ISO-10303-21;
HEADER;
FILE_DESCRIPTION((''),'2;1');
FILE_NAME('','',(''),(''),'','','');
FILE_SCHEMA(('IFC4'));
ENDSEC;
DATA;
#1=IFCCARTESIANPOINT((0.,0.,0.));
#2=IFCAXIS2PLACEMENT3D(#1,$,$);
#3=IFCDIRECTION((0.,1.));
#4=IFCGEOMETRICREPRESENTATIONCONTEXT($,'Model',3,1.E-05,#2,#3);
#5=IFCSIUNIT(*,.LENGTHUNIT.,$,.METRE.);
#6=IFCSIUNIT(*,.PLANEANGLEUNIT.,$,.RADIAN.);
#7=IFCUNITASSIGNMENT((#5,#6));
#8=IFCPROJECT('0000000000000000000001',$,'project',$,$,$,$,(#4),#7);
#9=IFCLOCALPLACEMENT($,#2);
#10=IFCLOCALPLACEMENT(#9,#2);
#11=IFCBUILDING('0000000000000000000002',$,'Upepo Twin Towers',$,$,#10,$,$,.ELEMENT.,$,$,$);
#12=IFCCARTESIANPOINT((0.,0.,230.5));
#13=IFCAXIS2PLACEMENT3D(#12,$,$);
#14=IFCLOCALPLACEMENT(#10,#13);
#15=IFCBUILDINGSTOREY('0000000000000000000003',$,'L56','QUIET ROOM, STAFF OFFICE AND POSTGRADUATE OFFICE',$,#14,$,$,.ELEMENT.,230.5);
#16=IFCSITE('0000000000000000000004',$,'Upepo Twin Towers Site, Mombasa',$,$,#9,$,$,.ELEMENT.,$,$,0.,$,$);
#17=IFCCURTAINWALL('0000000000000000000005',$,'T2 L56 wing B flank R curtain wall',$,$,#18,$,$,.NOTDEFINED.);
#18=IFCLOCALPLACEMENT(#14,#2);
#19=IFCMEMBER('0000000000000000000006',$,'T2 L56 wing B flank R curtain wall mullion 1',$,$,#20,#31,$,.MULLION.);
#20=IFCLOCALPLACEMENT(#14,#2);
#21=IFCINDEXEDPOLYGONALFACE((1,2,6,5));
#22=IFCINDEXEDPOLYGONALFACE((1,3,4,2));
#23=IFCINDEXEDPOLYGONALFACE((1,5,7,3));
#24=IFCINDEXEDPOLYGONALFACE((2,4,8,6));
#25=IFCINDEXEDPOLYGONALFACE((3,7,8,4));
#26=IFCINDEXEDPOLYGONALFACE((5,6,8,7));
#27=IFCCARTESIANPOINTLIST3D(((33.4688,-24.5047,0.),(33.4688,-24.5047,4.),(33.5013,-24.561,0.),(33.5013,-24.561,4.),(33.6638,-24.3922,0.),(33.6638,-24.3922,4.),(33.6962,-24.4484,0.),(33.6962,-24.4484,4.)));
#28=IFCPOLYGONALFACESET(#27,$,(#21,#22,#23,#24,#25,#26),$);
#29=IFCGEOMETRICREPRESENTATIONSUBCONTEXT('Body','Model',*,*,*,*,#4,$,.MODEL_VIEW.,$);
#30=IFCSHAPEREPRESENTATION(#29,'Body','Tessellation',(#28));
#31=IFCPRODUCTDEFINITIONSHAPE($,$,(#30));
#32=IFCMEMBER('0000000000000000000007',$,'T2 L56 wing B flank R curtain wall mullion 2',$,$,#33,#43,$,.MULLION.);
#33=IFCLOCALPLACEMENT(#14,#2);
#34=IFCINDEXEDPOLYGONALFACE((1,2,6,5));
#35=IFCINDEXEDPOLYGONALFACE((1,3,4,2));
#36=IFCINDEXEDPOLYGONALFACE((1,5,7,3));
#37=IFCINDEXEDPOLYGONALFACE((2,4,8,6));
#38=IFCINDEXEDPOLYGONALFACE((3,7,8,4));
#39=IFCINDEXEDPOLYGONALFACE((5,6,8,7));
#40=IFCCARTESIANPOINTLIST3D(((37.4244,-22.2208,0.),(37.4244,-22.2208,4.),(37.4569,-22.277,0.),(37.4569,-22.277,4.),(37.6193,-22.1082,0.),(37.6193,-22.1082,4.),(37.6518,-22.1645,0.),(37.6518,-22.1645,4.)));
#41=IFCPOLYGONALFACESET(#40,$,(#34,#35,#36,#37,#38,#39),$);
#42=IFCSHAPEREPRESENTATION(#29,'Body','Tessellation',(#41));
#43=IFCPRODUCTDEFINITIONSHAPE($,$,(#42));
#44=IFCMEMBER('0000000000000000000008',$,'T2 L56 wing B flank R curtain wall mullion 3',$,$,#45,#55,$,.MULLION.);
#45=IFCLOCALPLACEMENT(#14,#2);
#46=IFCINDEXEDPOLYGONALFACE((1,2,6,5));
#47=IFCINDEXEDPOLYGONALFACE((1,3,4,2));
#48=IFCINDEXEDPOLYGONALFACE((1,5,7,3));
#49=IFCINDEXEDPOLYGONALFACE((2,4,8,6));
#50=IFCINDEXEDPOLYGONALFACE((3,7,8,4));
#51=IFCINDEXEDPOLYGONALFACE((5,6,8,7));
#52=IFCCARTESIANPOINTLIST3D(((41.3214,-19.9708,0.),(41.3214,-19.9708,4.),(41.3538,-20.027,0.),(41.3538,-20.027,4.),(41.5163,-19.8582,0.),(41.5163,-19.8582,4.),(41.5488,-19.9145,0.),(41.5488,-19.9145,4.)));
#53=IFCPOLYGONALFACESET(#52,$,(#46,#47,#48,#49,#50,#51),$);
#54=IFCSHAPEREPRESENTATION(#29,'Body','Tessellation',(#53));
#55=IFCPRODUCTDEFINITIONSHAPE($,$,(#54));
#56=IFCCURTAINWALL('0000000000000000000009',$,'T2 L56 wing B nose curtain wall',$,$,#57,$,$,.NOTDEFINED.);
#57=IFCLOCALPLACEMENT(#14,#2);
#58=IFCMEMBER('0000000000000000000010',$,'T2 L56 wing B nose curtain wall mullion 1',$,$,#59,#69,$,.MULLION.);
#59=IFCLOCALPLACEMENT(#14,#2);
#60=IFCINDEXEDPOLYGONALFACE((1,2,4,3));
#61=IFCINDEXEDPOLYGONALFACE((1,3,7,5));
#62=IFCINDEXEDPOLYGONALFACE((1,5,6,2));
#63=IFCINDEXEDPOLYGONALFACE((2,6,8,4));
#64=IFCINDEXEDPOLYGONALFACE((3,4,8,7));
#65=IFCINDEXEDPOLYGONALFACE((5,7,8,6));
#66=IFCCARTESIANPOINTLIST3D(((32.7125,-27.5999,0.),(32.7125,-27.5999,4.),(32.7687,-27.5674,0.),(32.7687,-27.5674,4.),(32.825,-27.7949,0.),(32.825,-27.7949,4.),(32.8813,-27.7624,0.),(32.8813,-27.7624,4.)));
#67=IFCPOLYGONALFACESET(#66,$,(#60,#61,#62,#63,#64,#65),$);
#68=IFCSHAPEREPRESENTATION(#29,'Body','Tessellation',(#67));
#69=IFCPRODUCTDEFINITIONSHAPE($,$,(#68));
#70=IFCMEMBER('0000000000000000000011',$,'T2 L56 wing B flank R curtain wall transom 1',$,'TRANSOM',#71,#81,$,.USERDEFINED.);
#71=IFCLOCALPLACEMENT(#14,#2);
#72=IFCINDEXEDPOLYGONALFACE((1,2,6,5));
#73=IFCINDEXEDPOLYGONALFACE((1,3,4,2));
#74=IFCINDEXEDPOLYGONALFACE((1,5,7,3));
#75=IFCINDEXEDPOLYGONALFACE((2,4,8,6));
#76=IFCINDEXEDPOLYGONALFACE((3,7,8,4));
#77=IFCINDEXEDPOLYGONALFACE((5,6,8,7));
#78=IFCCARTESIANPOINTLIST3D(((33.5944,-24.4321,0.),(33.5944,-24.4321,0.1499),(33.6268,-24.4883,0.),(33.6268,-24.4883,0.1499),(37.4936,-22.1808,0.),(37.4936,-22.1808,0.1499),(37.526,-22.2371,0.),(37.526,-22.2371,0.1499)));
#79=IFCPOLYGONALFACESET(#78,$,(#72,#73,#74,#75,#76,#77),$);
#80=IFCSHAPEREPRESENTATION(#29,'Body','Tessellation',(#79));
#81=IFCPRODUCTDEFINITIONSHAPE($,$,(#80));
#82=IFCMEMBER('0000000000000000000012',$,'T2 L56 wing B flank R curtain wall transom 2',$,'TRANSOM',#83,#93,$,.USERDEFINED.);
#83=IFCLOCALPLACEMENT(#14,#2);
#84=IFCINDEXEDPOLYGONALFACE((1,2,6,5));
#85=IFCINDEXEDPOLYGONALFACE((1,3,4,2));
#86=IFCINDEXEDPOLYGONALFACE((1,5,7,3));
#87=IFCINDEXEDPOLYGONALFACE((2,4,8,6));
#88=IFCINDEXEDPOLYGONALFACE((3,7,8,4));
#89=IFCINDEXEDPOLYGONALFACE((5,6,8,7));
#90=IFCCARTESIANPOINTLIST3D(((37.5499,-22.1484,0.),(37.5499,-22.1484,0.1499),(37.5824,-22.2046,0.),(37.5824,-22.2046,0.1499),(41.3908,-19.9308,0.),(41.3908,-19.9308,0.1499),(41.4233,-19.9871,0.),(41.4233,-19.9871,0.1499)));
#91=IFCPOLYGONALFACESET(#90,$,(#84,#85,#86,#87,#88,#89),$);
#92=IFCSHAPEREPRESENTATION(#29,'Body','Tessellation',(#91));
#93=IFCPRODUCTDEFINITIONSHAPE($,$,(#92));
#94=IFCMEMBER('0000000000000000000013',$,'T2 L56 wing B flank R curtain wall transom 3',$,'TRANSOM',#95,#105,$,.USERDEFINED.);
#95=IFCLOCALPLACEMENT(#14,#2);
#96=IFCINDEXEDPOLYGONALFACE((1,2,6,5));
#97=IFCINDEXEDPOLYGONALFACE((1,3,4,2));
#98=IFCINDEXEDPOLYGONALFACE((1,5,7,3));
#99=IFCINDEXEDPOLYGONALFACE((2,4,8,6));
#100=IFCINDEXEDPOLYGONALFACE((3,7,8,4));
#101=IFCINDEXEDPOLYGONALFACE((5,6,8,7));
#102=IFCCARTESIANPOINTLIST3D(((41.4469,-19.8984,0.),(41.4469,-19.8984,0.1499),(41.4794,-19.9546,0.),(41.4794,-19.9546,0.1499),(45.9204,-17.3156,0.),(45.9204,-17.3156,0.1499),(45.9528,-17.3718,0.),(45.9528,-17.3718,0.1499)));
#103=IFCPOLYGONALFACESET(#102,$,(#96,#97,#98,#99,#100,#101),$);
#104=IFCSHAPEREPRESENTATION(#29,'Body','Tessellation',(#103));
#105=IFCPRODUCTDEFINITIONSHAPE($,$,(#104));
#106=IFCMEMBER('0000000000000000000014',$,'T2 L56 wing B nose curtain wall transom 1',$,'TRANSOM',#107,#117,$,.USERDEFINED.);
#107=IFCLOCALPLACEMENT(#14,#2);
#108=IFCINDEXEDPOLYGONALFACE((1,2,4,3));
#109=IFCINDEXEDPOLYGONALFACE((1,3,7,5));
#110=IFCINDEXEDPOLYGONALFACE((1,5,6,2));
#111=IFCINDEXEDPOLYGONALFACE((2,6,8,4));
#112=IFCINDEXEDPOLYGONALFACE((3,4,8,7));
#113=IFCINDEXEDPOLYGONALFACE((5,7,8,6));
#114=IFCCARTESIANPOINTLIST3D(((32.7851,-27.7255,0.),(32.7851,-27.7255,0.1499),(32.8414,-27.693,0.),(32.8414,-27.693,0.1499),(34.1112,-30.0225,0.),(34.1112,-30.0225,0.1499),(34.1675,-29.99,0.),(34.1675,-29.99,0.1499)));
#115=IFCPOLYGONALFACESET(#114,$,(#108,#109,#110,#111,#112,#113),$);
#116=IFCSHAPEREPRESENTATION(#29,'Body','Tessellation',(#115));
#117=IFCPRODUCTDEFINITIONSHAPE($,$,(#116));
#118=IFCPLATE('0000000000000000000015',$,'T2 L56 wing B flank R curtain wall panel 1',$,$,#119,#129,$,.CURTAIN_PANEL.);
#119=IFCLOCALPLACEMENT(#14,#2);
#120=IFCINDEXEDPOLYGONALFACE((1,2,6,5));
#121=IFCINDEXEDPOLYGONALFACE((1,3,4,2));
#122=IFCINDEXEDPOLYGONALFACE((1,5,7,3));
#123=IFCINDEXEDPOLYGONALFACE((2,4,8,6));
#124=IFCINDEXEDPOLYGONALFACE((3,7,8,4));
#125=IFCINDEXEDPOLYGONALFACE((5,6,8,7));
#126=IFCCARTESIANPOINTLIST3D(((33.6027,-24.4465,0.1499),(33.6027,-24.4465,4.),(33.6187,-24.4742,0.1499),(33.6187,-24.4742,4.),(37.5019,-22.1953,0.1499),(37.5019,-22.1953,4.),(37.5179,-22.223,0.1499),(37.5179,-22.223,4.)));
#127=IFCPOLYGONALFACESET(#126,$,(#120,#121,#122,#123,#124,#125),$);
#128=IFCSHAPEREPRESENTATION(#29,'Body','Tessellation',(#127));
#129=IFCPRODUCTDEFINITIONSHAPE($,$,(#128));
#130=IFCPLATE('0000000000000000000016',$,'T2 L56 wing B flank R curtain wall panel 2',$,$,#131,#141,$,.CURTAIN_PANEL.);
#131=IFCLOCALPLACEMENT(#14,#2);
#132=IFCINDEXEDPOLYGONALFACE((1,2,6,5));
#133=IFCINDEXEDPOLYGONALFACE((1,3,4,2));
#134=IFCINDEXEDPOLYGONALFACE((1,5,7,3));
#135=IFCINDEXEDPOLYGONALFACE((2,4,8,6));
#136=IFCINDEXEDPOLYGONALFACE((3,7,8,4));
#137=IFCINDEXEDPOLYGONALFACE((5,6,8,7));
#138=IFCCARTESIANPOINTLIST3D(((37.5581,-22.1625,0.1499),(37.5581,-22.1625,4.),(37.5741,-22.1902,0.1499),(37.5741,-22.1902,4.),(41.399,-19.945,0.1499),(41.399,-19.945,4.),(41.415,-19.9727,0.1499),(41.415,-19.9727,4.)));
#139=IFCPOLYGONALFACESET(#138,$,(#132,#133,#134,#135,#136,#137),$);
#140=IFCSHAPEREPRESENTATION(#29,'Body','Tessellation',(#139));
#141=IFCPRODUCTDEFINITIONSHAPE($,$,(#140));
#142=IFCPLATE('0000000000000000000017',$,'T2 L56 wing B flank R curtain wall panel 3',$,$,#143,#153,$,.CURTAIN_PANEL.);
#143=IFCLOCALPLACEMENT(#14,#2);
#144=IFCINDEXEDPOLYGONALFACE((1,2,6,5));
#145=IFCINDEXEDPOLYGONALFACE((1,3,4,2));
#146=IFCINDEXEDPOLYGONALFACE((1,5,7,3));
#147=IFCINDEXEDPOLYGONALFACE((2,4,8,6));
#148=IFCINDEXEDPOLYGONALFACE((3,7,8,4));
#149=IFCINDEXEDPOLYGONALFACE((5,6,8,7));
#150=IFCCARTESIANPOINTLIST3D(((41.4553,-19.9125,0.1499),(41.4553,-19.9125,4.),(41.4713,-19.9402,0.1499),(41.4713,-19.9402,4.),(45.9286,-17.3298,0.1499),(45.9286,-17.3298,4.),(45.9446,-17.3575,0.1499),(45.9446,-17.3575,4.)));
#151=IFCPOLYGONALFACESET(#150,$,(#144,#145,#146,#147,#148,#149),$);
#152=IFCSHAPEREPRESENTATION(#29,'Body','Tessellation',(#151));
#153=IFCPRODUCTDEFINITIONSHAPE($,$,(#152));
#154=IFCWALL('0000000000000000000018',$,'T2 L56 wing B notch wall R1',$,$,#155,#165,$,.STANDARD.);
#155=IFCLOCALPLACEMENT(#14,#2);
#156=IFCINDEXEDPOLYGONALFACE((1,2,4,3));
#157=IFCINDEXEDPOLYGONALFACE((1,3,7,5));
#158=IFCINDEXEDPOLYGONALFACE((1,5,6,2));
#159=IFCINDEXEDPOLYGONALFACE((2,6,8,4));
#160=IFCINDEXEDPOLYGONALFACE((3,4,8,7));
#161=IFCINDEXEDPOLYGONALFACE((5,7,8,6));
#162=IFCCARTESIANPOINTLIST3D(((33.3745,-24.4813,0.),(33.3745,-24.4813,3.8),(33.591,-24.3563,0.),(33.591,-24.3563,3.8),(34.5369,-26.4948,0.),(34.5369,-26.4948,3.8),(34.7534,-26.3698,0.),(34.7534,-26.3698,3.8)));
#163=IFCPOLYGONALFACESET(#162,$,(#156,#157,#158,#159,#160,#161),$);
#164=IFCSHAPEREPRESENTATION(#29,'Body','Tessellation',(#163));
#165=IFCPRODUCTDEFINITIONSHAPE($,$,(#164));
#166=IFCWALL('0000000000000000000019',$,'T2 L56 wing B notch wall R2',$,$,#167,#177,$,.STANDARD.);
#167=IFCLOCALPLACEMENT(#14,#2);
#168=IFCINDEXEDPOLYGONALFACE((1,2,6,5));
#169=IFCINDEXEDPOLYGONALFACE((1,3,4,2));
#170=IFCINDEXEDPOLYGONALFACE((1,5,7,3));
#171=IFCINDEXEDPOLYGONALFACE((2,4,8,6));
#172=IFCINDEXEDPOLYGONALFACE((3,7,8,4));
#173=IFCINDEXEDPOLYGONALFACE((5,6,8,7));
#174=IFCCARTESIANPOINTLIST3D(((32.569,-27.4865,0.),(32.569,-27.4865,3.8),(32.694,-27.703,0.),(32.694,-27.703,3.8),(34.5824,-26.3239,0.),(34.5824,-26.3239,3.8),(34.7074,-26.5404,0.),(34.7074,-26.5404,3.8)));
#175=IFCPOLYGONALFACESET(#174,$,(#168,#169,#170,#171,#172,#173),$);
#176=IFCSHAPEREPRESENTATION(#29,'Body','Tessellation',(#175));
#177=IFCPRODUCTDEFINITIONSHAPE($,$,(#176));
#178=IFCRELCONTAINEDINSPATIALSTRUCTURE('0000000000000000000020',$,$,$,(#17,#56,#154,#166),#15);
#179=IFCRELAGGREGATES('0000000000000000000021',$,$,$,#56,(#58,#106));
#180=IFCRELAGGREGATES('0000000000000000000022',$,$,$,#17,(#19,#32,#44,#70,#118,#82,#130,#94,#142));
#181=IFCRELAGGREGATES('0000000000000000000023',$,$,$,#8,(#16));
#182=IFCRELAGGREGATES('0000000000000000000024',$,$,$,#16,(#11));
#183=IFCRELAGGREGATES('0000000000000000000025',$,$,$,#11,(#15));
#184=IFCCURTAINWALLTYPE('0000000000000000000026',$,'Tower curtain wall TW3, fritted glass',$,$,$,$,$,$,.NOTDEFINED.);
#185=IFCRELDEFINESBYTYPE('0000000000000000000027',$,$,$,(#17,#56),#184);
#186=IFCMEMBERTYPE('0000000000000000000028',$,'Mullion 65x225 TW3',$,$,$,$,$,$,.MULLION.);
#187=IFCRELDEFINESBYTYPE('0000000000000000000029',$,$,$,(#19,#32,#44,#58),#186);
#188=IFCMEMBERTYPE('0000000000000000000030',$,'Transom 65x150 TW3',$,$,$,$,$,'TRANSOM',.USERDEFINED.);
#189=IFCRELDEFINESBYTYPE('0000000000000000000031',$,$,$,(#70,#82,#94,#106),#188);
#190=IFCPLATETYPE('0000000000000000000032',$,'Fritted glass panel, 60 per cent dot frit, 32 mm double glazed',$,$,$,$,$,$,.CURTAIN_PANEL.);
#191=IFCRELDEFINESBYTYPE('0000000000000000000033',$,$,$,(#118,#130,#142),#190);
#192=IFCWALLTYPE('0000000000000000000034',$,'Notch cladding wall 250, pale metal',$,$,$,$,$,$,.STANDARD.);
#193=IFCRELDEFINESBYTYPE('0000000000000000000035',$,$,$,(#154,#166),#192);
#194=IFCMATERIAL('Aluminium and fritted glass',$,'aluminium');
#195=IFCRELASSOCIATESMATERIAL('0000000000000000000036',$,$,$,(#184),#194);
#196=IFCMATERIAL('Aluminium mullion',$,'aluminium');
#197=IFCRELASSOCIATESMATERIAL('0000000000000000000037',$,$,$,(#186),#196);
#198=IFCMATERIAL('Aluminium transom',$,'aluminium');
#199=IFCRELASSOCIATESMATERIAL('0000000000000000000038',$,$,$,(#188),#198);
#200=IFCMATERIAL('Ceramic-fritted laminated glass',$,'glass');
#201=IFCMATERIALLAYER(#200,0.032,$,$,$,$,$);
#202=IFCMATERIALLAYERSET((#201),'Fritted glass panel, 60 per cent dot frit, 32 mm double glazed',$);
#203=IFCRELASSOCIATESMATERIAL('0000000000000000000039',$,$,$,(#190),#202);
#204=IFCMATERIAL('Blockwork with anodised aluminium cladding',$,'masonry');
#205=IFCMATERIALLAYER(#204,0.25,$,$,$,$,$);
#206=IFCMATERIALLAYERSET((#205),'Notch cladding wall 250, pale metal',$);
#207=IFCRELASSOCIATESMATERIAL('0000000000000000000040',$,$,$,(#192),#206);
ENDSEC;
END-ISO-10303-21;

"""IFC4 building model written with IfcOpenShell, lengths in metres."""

from ifc_helpers import new_model, si_unit, direction, frame, frame_2d, origin, origin_2d, place, context, subcontext, project, spatial, rectangle, extrude, material, layer, layer_set, material_profile, profile_set, type_object, element, aggregate, save


model = new_model("IFC4")

# Units and contexts
model_context = context("Model", 3, precision=1e-05, world=origin(), true_north=direction((0.0, 1.0)))
body_context = subcontext(model_context, "Body", "Model", "MODEL_VIEW")
ifc_project = project(units=[si_unit("LENGTHUNIT", "METRE"), si_unit("PLANEANGLEUNIT", "RADIAN")], contexts=[model_context])

# Site, building, storey
site_placement = place(None, origin())
site = spatial("IfcSite", under=ifc_project, at=site_placement, Name="Upepo Twin Towers Site, Mombasa", CompositionType="ELEMENT", RefElevation=0.0)
building_placement = place(site_placement, origin())
building = spatial("IfcBuilding", under=site, at=building_placement, Name="Upepo Twin Towers", CompositionType="ELEMENT")
storey_placement = place(building_placement, frame((0.0, 0.0, 230.5)))
storey = spatial("IfcBuildingStorey", under=building, at=storey_placement, Name="L56", Description="QUIET ROOM, STAFF OFFICE AND POSTGRADUATE OFFICE", CompositionType="ELEMENT", Elevation=230.5)

# Curtain wall, members
ifc_material_1 = material(Name="Aluminium and fritted glass", Category="aluminium")
curtain_wall_type = type_object("IfcCurtainWallType", Name="Tower curtain wall TW3, fritted glass", PredefinedType="NOTDEFINED", material=ifc_material_1)
curtain_wall_1_placement = place(storey_placement, origin())
curtain_wall_1 = element("IfcCurtainWall", 1, at=curtain_wall_1_placement, inside=storey, type_object=curtain_wall_type, Name="T2 L56 wing B flank R curtain wall", PredefinedType="NOTDEFINED")
ifc_material_2 = material(Name="Aluminium mullion", Category="aluminium")
ifc_material_profile_1 = material_profile(ifc_material_2, rectangle(XDim=0.0649, YDim=0.2251, at=origin_2d()), Name="MULLION 65x225")
ifc_profile_set_1 = profile_set([ifc_material_profile_1], Name="Aluminium mullion")
member_type_1 = type_object("IfcMemberType", Name="Mullion 65x225 TW3", PredefinedType="MULLION", material=ifc_profile_set_1)
member_1_placement = place(storey_placement, frame((33.5825, -24.4766, 0.0), z_axis=(0.0, 0.0, 1.0), x_axis=(-0.5, 0.866025, 0.0)))
member_1 = element("IfcMember", 2, at=member_1_placement, type_object=member_type_1, Name="T2 L56 wing B flank R curtain wall mullion 1", PredefinedType="MULLION", context=body_context, shape_type="SweptSolid", body=[
    extrude(rectangle(XDim=0.0649, YDim=0.2251, at=origin_2d()), origin(), (0.0, 0.0, 1.0), 4.0),
])
member_2_placement = place(storey_placement, frame((37.5381, -22.1926, 0.0), z_axis=(0.0, 0.0, 1.0), x_axis=(-0.5, 0.866025, 0.0)))
member_2 = element("IfcMember", 3, at=member_2_placement, type_object=member_type_1, Name="T2 L56 wing B flank R curtain wall mullion 2", PredefinedType="MULLION", context=body_context, shape_type="SweptSolid", body=[
    extrude(rectangle(XDim=0.0649, YDim=0.2251, at=origin_2d()), origin(), (0.0, 0.0, 1.0), 4.0),
])
member_3_placement = place(storey_placement, frame((41.4351, -19.9426, 0.0), z_axis=(0.0, 0.0, 1.0), x_axis=(-0.5, 0.866025, 0.0)))
member_3 = element("IfcMember", 4, at=member_3_placement, type_object=member_type_1, Name="T2 L56 wing B flank R curtain wall mullion 3", PredefinedType="MULLION", context=body_context, shape_type="SweptSolid", body=[
    extrude(rectangle(XDim=0.0649, YDim=0.2251, at=origin_2d()), origin(), (0.0, 0.0, 1.0), 4.0),
])

# Curtain wall, member
curtain_wall_2_placement = place(storey_placement, origin())
curtain_wall_2 = element("IfcCurtainWall", 5, at=curtain_wall_2_placement, inside=storey, type_object=curtain_wall_type, Name="T2 L56 wing B nose curtain wall", PredefinedType="NOTDEFINED")
member_4_placement = place(storey_placement, frame((32.7969, -27.6812, 0.0), z_axis=(0.0, 0.0, 1.0), x_axis=(0.866025, 0.5, 0.0)))
member_4 = element("IfcMember", 6, at=member_4_placement, type_object=member_type_1, Name="T2 L56 wing B nose curtain wall mullion 1", PredefinedType="MULLION", context=body_context, shape_type="SweptSolid", body=[
    extrude(rectangle(XDim=0.0649, YDim=0.2251, at=origin_2d()), origin(), (0.0, 0.0, 1.0), 4.0),
])

# Members
ifc_material_3 = material(Name="Aluminium transom", Category="aluminium")
ifc_material_profile_2 = material_profile(ifc_material_3, rectangle(XDim=0.0649, YDim=0.1499, at=origin_2d()), Name="TRANSOM 65x150")
ifc_profile_set_2 = profile_set([ifc_material_profile_2], Name="Aluminium transom")
member_type_2 = type_object("IfcMemberType", Name="Transom 65x150 TW3", ElementType="TRANSOM", PredefinedType="USERDEFINED", material=ifc_profile_set_2)
member_5_placement = place(storey_placement, frame((33.6106, -24.4602, 0.075), z_axis=(0.866022, 0.500006, 0.0), x_axis=(-0.500006, 0.866022, 0.0)))
member_5 = element("IfcMember", 7, at=member_5_placement, type_object=member_type_2, Name="T2 L56 wing B flank R curtain wall transom 1", ObjectType="TRANSOM", PredefinedType="USERDEFINED", context=body_context, shape_type="SweptSolid", body=[
    extrude(rectangle(XDim=0.0649, YDim=0.1499, at=origin_2d()), origin(), (0.0, 0.0, 1.0), 4.5024),
])
member_6_placement = place(storey_placement, frame((37.5662, -22.1765, 0.075), z_axis=(0.866022, 0.500005, 0.0), x_axis=(-0.500005, 0.866022, 0.0)))
member_6 = element("IfcMember", 8, at=member_6_placement, type_object=member_type_2, Name="T2 L56 wing B flank R curtain wall transom 2", ObjectType="TRANSOM", PredefinedType="USERDEFINED", context=body_context, shape_type="SweptSolid", body=[
    extrude(rectangle(XDim=0.0649, YDim=0.1499, at=origin_2d()), origin(), (0.0, 0.0, 1.0), 4.4351),
])
member_7_placement = place(storey_placement, frame((41.4631, -19.9265, 0.075), z_axis=(0.866021, 0.500007, 0.0), x_axis=(-0.500007, 0.866021, 0.0)))
member_7 = element("IfcMember", 9, at=member_7_placement, type_object=member_type_2, Name="T2 L56 wing B flank R curtain wall transom 3", ObjectType="TRANSOM", PredefinedType="USERDEFINED", context=body_context, shape_type="SweptSolid", body=[
    extrude(rectangle(XDim=0.0649, YDim=0.1499, at=origin_2d()), origin(), (0.0, 0.0, 1.0), 5.1655),
])
member_8_placement = place(storey_placement, frame((32.8132, -27.7092, 0.075), z_axis=(0.49998, -0.866037, 0.0), x_axis=(0.866037, 0.49998, 0.0)))
member_8 = element("IfcMember", 10, at=member_8_placement, type_object=member_type_2, Name="T2 L56 wing B nose curtain wall transom 1", ObjectType="TRANSOM", PredefinedType="USERDEFINED", context=body_context, shape_type="SweptSolid", body=[
    extrude(rectangle(XDim=0.0649, YDim=0.1499, at=origin_2d()), origin(), (0.0, 0.0, 1.0), 2.6523),
])
aggregate(curtain_wall_2, [member_4, member_8])

# Plates
ifc_material_4 = material(Name="Ceramic-fritted laminated glass", Category="glass")
ifc_layer_1 = layer(ifc_material_4, 0.032)
ifc_layer_set_1 = layer_set([ifc_layer_1], Name="Fritted glass panel, 60 per cent dot frit, 32 mm double glazed")
plate_type = type_object("IfcPlateType", Name="Fritted glass panel, 60 per cent dot frit, 32 mm double glazed", PredefinedType="CURTAIN_PANEL", material=ifc_layer_set_1)
plate_1_placement = place(storey_placement, frame((35.5603, -23.3347, 0.1499), z_axis=(0.0, 0.0, 1.0), x_axis=(0.866025, 0.5, 0.0)))
plate_1 = element("IfcPlate", 11, at=plate_1_placement, type_object=plate_type, Name="T2 L56 wing B flank R curtain wall panel 1", PredefinedType="CURTAIN_PANEL", context=body_context, shape_type="SweptSolid", body=[
    extrude(rectangle(XDim=4.5024, YDim=0.032, at=origin_2d()), origin(), (0.0, 0.0, 1.0), 3.8501),
])
plate_2_placement = place(storey_placement, frame((39.4866, -21.0676, 0.1499), z_axis=(0.0, 0.0, 1.0), x_axis=(0.866025, 0.5, 0.0)))
plate_2 = element("IfcPlate", 12, at=plate_2_placement, type_object=plate_type, Name="T2 L56 wing B flank R curtain wall panel 2", PredefinedType="CURTAIN_PANEL", context=body_context, shape_type="SweptSolid", body=[
    extrude(rectangle(XDim=4.4351, YDim=0.032, at=origin_2d()), origin(), (0.0, 0.0, 1.0), 3.8501),
])
plate_3_placement = place(storey_placement, frame((43.7, -18.635, 0.1499), z_axis=(0.0, 0.0, 1.0), x_axis=(0.866025, 0.5, 0.0)))
plate_3 = element("IfcPlate", 13, at=plate_3_placement, type_object=plate_type, Name="T2 L56 wing B flank R curtain wall panel 3", PredefinedType="CURTAIN_PANEL", context=body_context, shape_type="SweptSolid", body=[
    extrude(rectangle(XDim=5.1653, YDim=0.032, at=origin_2d()), origin(), (0.0, 0.0, 1.0), 3.8501),
])
aggregate(curtain_wall_1, [member_1, member_2, member_3, member_5, plate_1, member_6, plate_2, member_7, plate_3])

# Walls
ifc_material_5 = material(Name="Blockwork with anodised aluminium cladding", Category="masonry")
ifc_layer_2 = layer(ifc_material_5, 0.25)
ifc_layer_set_2 = layer_set([ifc_layer_2], Name="Notch cladding wall 250, pale metal")
wall_type_1 = type_object("IfcWallType", Name="Notch cladding wall 250, pale metal", PredefinedType="STANDARD", material=ifc_layer_set_2)
for number, where, z_axis, x_axis, name in (
    (14, (33.4827, -24.4187, 0.0), (0.0, 0.0, 1.0), (0.499968, -0.866044, 0.0), "T2 L56 wing B notch wall R1"),
    (15, (34.645, -26.4321, 0.0), (0.0, 0.0, 1.0), (-0.865998, -0.500047, 0.0), "T2 L56 wing B notch wall R2"),
):
    element("IfcWall", number, at=place(storey_placement, frame(where, z_axis=z_axis, x_axis=x_axis)), inside=storey, type_object=wall_type_1, Name=name, PredefinedType="STANDARD", context=body_context, shape_type="SweptSolid", body=[
        extrude(rectangle(XDim=2.325, YDim=0.25, at=frame_2d((1.1626, 0.0))), origin(), (0.0, 0.0, 1.0), 3.8),
    ])

save(model, "model.ifc")
